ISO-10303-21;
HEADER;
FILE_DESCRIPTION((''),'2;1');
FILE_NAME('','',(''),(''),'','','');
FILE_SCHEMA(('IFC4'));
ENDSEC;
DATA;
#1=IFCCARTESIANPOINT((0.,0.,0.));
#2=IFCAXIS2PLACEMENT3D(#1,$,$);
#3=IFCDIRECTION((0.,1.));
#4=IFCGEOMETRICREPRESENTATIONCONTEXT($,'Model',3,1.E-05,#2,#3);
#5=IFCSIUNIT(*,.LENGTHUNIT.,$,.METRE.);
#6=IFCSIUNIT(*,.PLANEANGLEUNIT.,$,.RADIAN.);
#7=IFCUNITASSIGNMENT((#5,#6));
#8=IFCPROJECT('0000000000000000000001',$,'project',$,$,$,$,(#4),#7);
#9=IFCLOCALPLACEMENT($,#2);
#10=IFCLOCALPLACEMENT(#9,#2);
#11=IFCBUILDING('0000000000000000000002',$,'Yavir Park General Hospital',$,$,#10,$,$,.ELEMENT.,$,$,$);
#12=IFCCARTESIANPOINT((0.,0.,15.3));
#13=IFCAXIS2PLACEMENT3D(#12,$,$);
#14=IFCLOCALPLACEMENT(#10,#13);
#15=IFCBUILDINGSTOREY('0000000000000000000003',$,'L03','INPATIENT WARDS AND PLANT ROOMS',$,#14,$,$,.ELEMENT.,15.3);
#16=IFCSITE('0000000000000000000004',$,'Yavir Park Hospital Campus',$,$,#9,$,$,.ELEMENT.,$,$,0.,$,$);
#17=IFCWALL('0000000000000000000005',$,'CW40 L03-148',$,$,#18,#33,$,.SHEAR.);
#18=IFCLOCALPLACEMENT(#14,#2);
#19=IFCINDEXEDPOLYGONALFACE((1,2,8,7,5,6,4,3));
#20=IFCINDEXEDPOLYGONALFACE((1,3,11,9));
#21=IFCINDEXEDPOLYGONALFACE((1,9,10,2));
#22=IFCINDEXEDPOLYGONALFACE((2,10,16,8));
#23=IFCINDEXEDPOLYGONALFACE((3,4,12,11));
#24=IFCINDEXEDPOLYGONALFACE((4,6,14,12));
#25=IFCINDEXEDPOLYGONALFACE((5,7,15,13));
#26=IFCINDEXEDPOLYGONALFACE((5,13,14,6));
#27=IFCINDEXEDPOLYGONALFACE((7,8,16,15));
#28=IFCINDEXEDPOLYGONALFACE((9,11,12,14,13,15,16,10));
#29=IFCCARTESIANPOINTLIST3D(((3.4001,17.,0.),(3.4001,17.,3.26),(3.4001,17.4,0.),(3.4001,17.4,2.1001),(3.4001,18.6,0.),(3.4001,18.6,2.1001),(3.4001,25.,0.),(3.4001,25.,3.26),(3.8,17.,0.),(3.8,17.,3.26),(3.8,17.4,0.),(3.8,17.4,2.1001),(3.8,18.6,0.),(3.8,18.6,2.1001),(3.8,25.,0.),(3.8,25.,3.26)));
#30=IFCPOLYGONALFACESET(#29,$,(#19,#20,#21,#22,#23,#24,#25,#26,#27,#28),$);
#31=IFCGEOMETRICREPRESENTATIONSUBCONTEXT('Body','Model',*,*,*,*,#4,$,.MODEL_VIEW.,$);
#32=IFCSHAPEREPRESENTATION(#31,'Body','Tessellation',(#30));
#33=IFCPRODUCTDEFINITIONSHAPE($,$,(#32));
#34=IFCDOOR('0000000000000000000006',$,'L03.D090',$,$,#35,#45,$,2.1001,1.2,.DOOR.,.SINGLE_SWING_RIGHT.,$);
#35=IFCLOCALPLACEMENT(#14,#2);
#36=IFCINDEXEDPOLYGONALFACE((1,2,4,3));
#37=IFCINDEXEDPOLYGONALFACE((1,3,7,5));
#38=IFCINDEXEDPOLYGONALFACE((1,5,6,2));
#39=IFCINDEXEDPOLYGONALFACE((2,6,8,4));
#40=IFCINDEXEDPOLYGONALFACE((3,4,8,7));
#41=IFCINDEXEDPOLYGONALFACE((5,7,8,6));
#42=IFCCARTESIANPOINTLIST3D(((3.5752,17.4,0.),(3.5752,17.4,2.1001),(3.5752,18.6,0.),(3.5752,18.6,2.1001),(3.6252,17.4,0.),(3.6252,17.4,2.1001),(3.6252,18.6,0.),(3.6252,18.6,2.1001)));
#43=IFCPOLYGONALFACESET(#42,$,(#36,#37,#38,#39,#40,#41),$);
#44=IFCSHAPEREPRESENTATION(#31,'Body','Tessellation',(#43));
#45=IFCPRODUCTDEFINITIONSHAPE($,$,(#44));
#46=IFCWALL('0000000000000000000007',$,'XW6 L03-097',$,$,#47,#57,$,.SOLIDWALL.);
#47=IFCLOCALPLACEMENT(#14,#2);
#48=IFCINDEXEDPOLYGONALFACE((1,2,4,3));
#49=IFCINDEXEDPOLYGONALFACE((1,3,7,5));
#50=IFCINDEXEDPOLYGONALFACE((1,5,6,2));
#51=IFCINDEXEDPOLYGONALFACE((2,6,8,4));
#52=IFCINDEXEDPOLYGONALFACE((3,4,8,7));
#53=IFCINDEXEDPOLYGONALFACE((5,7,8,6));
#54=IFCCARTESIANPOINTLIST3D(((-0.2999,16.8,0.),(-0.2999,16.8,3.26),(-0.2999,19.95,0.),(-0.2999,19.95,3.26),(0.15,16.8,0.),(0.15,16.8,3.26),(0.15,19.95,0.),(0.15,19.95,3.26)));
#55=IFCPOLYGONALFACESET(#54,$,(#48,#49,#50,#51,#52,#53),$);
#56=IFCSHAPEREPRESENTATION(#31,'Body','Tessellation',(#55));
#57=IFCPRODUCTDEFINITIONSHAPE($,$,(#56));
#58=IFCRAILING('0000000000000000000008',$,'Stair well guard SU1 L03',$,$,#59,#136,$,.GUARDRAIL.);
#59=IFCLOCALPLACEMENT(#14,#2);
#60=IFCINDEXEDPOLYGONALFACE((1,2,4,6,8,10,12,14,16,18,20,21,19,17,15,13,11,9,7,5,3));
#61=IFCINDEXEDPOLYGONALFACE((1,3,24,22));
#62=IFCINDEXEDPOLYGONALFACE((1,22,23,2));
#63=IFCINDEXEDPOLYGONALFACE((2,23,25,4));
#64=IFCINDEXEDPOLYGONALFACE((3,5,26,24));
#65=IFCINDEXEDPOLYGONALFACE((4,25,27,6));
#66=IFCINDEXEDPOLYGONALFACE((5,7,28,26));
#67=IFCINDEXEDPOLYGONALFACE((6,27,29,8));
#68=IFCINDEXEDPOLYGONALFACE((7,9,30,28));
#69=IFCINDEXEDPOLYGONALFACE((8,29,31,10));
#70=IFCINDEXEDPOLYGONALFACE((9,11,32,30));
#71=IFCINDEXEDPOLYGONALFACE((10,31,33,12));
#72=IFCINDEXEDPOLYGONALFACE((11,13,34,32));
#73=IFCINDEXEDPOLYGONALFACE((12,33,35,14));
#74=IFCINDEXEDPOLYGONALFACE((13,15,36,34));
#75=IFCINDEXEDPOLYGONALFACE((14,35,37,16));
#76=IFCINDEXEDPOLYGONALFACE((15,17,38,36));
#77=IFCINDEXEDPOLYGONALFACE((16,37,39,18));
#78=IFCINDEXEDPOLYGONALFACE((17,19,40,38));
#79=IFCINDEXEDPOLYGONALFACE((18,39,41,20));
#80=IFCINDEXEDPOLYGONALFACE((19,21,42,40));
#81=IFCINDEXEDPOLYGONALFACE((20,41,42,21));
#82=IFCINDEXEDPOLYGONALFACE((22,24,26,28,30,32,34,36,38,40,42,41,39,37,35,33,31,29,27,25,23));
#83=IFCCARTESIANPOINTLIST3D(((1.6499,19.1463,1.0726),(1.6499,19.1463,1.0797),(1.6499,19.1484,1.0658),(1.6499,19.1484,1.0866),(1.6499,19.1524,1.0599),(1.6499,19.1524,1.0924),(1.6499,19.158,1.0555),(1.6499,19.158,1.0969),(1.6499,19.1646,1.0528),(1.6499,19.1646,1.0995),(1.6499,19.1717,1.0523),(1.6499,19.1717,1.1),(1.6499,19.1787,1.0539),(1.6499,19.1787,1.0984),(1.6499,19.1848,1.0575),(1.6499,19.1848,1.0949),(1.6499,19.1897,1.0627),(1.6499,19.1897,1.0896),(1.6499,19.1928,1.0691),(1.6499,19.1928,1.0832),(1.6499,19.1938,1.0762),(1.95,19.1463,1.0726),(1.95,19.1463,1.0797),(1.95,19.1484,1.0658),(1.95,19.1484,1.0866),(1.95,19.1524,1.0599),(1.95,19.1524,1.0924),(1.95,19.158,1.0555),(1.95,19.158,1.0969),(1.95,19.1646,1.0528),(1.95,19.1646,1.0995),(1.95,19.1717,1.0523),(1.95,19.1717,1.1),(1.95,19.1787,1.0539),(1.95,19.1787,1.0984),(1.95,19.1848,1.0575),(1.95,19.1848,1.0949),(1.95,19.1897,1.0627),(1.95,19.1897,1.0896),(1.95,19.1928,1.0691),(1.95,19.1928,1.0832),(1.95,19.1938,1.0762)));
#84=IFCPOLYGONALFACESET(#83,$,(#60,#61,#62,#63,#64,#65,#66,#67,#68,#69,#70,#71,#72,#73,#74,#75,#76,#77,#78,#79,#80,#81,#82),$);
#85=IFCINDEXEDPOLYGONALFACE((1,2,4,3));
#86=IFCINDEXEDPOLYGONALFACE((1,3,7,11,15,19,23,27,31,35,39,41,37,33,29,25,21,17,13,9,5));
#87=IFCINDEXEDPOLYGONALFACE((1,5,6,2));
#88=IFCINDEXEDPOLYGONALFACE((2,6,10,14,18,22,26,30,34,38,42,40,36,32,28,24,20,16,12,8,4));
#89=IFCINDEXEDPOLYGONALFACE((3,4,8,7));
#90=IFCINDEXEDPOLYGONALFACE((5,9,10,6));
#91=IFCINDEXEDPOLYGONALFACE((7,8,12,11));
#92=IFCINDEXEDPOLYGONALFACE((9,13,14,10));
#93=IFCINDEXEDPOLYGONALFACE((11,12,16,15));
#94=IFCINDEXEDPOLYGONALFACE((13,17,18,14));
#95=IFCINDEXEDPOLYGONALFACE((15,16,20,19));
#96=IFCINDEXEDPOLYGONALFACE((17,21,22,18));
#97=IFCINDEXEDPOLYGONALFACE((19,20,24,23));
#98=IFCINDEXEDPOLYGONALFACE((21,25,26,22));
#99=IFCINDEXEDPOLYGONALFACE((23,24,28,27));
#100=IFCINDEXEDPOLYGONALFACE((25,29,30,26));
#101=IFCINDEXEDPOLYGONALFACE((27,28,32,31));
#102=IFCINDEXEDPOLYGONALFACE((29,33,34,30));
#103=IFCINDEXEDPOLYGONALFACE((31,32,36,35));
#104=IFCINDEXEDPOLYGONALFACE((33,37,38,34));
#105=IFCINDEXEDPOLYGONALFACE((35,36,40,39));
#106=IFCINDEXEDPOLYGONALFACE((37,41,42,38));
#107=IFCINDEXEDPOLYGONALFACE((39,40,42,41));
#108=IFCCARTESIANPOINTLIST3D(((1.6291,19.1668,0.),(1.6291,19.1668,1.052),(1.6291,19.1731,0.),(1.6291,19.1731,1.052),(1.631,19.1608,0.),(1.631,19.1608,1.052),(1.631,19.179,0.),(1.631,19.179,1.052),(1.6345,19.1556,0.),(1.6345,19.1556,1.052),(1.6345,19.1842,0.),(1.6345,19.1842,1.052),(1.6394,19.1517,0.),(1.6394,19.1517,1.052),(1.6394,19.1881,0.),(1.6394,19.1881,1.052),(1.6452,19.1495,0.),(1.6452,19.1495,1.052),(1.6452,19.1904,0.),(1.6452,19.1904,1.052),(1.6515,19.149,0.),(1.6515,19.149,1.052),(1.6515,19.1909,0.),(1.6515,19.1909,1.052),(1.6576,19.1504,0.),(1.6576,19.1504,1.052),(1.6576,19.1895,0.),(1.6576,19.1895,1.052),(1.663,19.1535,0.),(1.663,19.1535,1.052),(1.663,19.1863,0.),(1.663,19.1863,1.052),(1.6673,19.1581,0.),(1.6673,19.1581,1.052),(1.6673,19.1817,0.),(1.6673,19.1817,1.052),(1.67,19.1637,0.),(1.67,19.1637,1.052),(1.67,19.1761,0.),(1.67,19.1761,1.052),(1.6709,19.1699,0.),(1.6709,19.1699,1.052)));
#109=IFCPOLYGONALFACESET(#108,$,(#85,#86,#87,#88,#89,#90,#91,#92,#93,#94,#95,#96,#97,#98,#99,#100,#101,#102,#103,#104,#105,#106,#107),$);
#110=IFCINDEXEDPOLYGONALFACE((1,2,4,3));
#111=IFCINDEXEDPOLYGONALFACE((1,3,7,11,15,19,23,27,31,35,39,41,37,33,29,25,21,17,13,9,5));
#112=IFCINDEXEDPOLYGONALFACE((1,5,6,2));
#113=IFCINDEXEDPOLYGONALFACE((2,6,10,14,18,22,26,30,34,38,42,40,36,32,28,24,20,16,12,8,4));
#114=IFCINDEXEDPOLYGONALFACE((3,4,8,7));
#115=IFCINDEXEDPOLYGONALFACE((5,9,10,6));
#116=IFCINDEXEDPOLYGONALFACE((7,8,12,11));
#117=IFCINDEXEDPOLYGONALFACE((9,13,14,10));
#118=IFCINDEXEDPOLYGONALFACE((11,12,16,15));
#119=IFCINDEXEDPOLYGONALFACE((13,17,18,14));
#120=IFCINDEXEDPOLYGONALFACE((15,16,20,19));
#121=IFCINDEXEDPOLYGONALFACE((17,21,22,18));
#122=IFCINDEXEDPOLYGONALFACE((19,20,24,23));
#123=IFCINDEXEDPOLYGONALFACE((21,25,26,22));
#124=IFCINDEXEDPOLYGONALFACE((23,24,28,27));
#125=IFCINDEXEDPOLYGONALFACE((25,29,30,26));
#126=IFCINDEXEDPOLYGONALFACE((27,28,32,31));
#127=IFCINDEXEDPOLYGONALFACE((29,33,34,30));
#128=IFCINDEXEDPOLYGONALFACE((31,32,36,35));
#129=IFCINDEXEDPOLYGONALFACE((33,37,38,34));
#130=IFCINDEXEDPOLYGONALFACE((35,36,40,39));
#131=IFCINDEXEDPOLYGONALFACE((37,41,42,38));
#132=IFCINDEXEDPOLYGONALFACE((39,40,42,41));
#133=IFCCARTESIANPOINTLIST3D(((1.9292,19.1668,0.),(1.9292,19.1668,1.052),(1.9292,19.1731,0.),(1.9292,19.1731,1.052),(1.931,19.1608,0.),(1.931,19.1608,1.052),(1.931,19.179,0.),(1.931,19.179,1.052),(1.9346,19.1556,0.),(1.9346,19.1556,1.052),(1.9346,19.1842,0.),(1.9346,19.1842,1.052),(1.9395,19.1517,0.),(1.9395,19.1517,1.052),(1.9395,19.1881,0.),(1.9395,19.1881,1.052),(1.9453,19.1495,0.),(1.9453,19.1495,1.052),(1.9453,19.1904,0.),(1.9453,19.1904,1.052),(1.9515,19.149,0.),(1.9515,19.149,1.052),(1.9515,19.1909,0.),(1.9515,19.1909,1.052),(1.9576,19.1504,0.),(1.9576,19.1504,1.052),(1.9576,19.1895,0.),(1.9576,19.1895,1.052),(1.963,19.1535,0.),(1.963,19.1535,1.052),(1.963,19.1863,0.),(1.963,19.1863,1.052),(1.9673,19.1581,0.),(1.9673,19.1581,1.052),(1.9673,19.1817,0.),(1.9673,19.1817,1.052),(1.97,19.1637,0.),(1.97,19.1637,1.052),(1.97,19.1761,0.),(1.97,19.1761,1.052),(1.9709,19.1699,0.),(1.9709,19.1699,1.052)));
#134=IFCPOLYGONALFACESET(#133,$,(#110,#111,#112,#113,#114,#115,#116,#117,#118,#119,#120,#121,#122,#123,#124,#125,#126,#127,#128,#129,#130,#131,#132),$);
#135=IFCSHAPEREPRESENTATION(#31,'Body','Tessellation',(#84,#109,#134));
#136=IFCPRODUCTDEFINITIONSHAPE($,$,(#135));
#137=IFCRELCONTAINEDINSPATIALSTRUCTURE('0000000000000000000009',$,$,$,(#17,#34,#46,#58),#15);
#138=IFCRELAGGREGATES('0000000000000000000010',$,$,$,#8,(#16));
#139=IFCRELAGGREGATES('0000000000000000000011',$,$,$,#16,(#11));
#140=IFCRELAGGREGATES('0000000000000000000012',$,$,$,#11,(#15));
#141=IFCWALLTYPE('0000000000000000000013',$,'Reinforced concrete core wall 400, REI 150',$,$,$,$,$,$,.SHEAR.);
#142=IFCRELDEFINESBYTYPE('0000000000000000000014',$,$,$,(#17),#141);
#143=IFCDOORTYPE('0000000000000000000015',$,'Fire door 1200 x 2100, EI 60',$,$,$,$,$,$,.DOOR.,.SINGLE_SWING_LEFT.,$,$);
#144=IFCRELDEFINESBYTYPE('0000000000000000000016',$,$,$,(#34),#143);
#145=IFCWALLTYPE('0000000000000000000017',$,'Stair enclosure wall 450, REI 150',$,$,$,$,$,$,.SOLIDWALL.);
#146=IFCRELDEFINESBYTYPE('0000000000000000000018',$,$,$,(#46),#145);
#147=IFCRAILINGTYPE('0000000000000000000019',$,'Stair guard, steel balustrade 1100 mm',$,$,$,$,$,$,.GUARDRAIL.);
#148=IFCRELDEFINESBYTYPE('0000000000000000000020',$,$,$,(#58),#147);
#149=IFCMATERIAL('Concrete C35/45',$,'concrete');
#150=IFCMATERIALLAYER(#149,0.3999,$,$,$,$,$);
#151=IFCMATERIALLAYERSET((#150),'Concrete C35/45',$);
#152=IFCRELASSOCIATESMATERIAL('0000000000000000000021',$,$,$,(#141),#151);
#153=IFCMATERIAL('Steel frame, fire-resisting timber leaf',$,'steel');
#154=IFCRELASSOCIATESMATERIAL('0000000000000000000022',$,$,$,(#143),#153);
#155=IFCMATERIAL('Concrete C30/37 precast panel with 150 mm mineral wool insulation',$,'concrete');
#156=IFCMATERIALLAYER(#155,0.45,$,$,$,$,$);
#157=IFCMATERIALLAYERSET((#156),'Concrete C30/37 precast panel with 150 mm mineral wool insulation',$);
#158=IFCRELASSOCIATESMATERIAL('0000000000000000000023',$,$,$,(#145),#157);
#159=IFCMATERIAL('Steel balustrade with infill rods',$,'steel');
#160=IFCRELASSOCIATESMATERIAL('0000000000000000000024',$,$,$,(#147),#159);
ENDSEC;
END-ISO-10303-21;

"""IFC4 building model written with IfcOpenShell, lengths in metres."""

from ifc_helpers import new_model, si_unit, direction, frame, frame_2d, origin, origin_2d, place, context, subcontext, project, spatial, rectangle, circle, extrude, material, layer, layer_set, type_object, element, fill, save


model = new_model("IFC4")

# Units and contexts
model_context = context("Model", 3, precision=1e-05, world=origin(), true_north=direction((0.0, 1.0)))
body_context = subcontext(model_context, "Body", "Model", "MODEL_VIEW")
ifc_project = project(units=[si_unit("LENGTHUNIT", "METRE"), si_unit("PLANEANGLEUNIT", "RADIAN")], contexts=[model_context])

# Site, building, storey
site_placement = place(None, origin())
site = spatial("IfcSite", under=ifc_project, at=site_placement, Name="Yavir Park Hospital Campus", CompositionType="ELEMENT", RefElevation=0.0)
building_placement = place(site_placement, origin())
building = spatial("IfcBuilding", under=site, at=building_placement, Name="Yavir Park General Hospital", CompositionType="ELEMENT")
storey_placement = place(building_placement, frame((0.0, 0.0, 15.3)))
storey = spatial("IfcBuildingStorey", under=building, at=storey_placement, Name="L03", Description="INPATIENT WARDS AND PLANT ROOMS", CompositionType="ELEMENT", Elevation=15.3)

# Shared definitions
ifc_material_1 = material(Name="Concrete C35/45", Category="concrete")
ifc_layer_1 = layer(ifc_material_1, 0.3999)
ifc_layer_set_1 = layer_set([ifc_layer_1], Name="Concrete C35/45")
wall_type_1 = type_object("IfcWallType", Name="Reinforced concrete core wall 400, REI 150", PredefinedType="SHEAR", material=ifc_layer_set_1)

# Wall, opening, door
wall_1_placement = place(storey_placement, frame((3.6001, 17.0, 0.0), z_axis=(0.0, 0.0, 1.0), x_axis=(0.0, 1.0, 0.0)))
wall_1 = element("IfcWall", 1, at=wall_1_placement, inside=storey, type_object=wall_type_1, Name="CW40 L03-148", PredefinedType="SHEAR", context=body_context, shape_type="SweptSolid", body=[
    extrude(rectangle(XDim=8.0, YDim=0.3999, at=frame_2d((4.0, 0.0))), origin(), (0.0, 0.0, 1.0), 3.26),
])
opening_1_placement = place(wall_1_placement, frame((0.3999, 0.0, 0.0)))
opening_1 = element("IfcOpeningElement", 2, at=opening_1_placement, cuts=wall_1, PredefinedType="OPENING", context=body_context, shape_type="SweptSolid", body=[
    extrude(rectangle(XDim=1.2, YDim=2.1001, at=frame_2d((0.6001, 1.05))), frame((0.0, 0.21, 0.0), z_axis=(0.0, -1.0, 0.0), x_axis=(1.0, 0.0, 0.0)), (0.0, 0.0, 1.0), 0.4199),
])
ifc_material_2 = material(Name="Steel frame, fire-resisting timber leaf", Category="steel")
door_type_1 = type_object("IfcDoorType", Name="Fire door 1200 x 2100, EI 60", OperationType="SINGLE_SWING_LEFT", PredefinedType="DOOR", material=ifc_material_2)
door_1_placement = place(opening_1_placement, origin())
door_1 = element("IfcDoor", 3, at=door_1_placement, inside=storey, type_object=door_type_1, Name="L03.D090", OperationType="SINGLE_SWING_RIGHT", OverallHeight=2.1001, OverallWidth=1.2, PredefinedType="DOOR", context=body_context, shape_type="SweptSolid", body=[
    extrude(rectangle(XDim=1.2, YDim=2.1001, at=frame_2d((0.6001, 1.05))), frame((0.0, 0.0249, 0.0), z_axis=(0.0, -1.0, 0.0), x_axis=(1.0, 0.0, 0.0)), (0.0, 0.0, 1.0), 0.05),
])
fill(opening_1, door_1)

# Wall
ifc_material_3 = material(Name="Concrete C30/37 precast panel with 150 mm mineral wool insulation", Category="concrete")
ifc_layer_2 = layer(ifc_material_3, 0.45)
ifc_layer_set_2 = layer_set([ifc_layer_2], Name="Concrete C30/37 precast panel with 150 mm mineral wool insulation")
wall_type_2 = type_object("IfcWallType", Name="Stair enclosure wall 450, REI 150", PredefinedType="SOLIDWALL", material=ifc_layer_set_2)
wall_2_placement = place(storey_placement, frame((-0.075, 16.8, 0.0), z_axis=(0.0, 0.0, 1.0), x_axis=(0.0, 1.0, 0.0)))
element("IfcWall", 4, at=wall_2_placement, inside=storey, type_object=wall_type_2, Name="XW6 L03-097", PredefinedType="SOLIDWALL", context=body_context, shape_type="SweptSolid", body=[
    extrude(rectangle(XDim=3.1499, YDim=0.45, at=frame_2d((1.575, 0.0))), origin(), (0.0, 0.0, 1.0), 3.26),
])

# Railing
ifc_material_4 = material(Name="Steel balustrade with infill rods", Category="steel")
railing_type_1 = type_object("IfcRailingType", Name="Stair guard, steel balustrade 1100 mm", PredefinedType="GUARDRAIL", material=ifc_material_4)
railing_1_placement = place(storey_placement, frame((1.6499, 19.1699, 0.0)))
element("IfcRailing", 5, at=railing_1_placement, inside=storey, type_object=railing_type_1, Name="Stair well guard SU1 L03", PredefinedType="GUARDRAIL", context=body_context, shape_type="SweptSolid", body=[
    extrude(circle(Radius=0.0239, at=origin_2d()), frame((0.0, 0.0, 1.0762), z_axis=(1.0, 0.0, 0.0), x_axis=(0.0, 1.0, 0.0)), (0.0, 0.0, 1.0), 0.3),
    extrude(circle(Radius=0.021, at=origin_2d()), origin(), (0.0, 0.0, 1.0), 1.052),
    extrude(circle(Radius=0.021, at=origin_2d()), frame((0.3, 0.0, 0.0)), (0.0, 0.0, 1.0), 1.052),
])

save(model, "model.ifc")
